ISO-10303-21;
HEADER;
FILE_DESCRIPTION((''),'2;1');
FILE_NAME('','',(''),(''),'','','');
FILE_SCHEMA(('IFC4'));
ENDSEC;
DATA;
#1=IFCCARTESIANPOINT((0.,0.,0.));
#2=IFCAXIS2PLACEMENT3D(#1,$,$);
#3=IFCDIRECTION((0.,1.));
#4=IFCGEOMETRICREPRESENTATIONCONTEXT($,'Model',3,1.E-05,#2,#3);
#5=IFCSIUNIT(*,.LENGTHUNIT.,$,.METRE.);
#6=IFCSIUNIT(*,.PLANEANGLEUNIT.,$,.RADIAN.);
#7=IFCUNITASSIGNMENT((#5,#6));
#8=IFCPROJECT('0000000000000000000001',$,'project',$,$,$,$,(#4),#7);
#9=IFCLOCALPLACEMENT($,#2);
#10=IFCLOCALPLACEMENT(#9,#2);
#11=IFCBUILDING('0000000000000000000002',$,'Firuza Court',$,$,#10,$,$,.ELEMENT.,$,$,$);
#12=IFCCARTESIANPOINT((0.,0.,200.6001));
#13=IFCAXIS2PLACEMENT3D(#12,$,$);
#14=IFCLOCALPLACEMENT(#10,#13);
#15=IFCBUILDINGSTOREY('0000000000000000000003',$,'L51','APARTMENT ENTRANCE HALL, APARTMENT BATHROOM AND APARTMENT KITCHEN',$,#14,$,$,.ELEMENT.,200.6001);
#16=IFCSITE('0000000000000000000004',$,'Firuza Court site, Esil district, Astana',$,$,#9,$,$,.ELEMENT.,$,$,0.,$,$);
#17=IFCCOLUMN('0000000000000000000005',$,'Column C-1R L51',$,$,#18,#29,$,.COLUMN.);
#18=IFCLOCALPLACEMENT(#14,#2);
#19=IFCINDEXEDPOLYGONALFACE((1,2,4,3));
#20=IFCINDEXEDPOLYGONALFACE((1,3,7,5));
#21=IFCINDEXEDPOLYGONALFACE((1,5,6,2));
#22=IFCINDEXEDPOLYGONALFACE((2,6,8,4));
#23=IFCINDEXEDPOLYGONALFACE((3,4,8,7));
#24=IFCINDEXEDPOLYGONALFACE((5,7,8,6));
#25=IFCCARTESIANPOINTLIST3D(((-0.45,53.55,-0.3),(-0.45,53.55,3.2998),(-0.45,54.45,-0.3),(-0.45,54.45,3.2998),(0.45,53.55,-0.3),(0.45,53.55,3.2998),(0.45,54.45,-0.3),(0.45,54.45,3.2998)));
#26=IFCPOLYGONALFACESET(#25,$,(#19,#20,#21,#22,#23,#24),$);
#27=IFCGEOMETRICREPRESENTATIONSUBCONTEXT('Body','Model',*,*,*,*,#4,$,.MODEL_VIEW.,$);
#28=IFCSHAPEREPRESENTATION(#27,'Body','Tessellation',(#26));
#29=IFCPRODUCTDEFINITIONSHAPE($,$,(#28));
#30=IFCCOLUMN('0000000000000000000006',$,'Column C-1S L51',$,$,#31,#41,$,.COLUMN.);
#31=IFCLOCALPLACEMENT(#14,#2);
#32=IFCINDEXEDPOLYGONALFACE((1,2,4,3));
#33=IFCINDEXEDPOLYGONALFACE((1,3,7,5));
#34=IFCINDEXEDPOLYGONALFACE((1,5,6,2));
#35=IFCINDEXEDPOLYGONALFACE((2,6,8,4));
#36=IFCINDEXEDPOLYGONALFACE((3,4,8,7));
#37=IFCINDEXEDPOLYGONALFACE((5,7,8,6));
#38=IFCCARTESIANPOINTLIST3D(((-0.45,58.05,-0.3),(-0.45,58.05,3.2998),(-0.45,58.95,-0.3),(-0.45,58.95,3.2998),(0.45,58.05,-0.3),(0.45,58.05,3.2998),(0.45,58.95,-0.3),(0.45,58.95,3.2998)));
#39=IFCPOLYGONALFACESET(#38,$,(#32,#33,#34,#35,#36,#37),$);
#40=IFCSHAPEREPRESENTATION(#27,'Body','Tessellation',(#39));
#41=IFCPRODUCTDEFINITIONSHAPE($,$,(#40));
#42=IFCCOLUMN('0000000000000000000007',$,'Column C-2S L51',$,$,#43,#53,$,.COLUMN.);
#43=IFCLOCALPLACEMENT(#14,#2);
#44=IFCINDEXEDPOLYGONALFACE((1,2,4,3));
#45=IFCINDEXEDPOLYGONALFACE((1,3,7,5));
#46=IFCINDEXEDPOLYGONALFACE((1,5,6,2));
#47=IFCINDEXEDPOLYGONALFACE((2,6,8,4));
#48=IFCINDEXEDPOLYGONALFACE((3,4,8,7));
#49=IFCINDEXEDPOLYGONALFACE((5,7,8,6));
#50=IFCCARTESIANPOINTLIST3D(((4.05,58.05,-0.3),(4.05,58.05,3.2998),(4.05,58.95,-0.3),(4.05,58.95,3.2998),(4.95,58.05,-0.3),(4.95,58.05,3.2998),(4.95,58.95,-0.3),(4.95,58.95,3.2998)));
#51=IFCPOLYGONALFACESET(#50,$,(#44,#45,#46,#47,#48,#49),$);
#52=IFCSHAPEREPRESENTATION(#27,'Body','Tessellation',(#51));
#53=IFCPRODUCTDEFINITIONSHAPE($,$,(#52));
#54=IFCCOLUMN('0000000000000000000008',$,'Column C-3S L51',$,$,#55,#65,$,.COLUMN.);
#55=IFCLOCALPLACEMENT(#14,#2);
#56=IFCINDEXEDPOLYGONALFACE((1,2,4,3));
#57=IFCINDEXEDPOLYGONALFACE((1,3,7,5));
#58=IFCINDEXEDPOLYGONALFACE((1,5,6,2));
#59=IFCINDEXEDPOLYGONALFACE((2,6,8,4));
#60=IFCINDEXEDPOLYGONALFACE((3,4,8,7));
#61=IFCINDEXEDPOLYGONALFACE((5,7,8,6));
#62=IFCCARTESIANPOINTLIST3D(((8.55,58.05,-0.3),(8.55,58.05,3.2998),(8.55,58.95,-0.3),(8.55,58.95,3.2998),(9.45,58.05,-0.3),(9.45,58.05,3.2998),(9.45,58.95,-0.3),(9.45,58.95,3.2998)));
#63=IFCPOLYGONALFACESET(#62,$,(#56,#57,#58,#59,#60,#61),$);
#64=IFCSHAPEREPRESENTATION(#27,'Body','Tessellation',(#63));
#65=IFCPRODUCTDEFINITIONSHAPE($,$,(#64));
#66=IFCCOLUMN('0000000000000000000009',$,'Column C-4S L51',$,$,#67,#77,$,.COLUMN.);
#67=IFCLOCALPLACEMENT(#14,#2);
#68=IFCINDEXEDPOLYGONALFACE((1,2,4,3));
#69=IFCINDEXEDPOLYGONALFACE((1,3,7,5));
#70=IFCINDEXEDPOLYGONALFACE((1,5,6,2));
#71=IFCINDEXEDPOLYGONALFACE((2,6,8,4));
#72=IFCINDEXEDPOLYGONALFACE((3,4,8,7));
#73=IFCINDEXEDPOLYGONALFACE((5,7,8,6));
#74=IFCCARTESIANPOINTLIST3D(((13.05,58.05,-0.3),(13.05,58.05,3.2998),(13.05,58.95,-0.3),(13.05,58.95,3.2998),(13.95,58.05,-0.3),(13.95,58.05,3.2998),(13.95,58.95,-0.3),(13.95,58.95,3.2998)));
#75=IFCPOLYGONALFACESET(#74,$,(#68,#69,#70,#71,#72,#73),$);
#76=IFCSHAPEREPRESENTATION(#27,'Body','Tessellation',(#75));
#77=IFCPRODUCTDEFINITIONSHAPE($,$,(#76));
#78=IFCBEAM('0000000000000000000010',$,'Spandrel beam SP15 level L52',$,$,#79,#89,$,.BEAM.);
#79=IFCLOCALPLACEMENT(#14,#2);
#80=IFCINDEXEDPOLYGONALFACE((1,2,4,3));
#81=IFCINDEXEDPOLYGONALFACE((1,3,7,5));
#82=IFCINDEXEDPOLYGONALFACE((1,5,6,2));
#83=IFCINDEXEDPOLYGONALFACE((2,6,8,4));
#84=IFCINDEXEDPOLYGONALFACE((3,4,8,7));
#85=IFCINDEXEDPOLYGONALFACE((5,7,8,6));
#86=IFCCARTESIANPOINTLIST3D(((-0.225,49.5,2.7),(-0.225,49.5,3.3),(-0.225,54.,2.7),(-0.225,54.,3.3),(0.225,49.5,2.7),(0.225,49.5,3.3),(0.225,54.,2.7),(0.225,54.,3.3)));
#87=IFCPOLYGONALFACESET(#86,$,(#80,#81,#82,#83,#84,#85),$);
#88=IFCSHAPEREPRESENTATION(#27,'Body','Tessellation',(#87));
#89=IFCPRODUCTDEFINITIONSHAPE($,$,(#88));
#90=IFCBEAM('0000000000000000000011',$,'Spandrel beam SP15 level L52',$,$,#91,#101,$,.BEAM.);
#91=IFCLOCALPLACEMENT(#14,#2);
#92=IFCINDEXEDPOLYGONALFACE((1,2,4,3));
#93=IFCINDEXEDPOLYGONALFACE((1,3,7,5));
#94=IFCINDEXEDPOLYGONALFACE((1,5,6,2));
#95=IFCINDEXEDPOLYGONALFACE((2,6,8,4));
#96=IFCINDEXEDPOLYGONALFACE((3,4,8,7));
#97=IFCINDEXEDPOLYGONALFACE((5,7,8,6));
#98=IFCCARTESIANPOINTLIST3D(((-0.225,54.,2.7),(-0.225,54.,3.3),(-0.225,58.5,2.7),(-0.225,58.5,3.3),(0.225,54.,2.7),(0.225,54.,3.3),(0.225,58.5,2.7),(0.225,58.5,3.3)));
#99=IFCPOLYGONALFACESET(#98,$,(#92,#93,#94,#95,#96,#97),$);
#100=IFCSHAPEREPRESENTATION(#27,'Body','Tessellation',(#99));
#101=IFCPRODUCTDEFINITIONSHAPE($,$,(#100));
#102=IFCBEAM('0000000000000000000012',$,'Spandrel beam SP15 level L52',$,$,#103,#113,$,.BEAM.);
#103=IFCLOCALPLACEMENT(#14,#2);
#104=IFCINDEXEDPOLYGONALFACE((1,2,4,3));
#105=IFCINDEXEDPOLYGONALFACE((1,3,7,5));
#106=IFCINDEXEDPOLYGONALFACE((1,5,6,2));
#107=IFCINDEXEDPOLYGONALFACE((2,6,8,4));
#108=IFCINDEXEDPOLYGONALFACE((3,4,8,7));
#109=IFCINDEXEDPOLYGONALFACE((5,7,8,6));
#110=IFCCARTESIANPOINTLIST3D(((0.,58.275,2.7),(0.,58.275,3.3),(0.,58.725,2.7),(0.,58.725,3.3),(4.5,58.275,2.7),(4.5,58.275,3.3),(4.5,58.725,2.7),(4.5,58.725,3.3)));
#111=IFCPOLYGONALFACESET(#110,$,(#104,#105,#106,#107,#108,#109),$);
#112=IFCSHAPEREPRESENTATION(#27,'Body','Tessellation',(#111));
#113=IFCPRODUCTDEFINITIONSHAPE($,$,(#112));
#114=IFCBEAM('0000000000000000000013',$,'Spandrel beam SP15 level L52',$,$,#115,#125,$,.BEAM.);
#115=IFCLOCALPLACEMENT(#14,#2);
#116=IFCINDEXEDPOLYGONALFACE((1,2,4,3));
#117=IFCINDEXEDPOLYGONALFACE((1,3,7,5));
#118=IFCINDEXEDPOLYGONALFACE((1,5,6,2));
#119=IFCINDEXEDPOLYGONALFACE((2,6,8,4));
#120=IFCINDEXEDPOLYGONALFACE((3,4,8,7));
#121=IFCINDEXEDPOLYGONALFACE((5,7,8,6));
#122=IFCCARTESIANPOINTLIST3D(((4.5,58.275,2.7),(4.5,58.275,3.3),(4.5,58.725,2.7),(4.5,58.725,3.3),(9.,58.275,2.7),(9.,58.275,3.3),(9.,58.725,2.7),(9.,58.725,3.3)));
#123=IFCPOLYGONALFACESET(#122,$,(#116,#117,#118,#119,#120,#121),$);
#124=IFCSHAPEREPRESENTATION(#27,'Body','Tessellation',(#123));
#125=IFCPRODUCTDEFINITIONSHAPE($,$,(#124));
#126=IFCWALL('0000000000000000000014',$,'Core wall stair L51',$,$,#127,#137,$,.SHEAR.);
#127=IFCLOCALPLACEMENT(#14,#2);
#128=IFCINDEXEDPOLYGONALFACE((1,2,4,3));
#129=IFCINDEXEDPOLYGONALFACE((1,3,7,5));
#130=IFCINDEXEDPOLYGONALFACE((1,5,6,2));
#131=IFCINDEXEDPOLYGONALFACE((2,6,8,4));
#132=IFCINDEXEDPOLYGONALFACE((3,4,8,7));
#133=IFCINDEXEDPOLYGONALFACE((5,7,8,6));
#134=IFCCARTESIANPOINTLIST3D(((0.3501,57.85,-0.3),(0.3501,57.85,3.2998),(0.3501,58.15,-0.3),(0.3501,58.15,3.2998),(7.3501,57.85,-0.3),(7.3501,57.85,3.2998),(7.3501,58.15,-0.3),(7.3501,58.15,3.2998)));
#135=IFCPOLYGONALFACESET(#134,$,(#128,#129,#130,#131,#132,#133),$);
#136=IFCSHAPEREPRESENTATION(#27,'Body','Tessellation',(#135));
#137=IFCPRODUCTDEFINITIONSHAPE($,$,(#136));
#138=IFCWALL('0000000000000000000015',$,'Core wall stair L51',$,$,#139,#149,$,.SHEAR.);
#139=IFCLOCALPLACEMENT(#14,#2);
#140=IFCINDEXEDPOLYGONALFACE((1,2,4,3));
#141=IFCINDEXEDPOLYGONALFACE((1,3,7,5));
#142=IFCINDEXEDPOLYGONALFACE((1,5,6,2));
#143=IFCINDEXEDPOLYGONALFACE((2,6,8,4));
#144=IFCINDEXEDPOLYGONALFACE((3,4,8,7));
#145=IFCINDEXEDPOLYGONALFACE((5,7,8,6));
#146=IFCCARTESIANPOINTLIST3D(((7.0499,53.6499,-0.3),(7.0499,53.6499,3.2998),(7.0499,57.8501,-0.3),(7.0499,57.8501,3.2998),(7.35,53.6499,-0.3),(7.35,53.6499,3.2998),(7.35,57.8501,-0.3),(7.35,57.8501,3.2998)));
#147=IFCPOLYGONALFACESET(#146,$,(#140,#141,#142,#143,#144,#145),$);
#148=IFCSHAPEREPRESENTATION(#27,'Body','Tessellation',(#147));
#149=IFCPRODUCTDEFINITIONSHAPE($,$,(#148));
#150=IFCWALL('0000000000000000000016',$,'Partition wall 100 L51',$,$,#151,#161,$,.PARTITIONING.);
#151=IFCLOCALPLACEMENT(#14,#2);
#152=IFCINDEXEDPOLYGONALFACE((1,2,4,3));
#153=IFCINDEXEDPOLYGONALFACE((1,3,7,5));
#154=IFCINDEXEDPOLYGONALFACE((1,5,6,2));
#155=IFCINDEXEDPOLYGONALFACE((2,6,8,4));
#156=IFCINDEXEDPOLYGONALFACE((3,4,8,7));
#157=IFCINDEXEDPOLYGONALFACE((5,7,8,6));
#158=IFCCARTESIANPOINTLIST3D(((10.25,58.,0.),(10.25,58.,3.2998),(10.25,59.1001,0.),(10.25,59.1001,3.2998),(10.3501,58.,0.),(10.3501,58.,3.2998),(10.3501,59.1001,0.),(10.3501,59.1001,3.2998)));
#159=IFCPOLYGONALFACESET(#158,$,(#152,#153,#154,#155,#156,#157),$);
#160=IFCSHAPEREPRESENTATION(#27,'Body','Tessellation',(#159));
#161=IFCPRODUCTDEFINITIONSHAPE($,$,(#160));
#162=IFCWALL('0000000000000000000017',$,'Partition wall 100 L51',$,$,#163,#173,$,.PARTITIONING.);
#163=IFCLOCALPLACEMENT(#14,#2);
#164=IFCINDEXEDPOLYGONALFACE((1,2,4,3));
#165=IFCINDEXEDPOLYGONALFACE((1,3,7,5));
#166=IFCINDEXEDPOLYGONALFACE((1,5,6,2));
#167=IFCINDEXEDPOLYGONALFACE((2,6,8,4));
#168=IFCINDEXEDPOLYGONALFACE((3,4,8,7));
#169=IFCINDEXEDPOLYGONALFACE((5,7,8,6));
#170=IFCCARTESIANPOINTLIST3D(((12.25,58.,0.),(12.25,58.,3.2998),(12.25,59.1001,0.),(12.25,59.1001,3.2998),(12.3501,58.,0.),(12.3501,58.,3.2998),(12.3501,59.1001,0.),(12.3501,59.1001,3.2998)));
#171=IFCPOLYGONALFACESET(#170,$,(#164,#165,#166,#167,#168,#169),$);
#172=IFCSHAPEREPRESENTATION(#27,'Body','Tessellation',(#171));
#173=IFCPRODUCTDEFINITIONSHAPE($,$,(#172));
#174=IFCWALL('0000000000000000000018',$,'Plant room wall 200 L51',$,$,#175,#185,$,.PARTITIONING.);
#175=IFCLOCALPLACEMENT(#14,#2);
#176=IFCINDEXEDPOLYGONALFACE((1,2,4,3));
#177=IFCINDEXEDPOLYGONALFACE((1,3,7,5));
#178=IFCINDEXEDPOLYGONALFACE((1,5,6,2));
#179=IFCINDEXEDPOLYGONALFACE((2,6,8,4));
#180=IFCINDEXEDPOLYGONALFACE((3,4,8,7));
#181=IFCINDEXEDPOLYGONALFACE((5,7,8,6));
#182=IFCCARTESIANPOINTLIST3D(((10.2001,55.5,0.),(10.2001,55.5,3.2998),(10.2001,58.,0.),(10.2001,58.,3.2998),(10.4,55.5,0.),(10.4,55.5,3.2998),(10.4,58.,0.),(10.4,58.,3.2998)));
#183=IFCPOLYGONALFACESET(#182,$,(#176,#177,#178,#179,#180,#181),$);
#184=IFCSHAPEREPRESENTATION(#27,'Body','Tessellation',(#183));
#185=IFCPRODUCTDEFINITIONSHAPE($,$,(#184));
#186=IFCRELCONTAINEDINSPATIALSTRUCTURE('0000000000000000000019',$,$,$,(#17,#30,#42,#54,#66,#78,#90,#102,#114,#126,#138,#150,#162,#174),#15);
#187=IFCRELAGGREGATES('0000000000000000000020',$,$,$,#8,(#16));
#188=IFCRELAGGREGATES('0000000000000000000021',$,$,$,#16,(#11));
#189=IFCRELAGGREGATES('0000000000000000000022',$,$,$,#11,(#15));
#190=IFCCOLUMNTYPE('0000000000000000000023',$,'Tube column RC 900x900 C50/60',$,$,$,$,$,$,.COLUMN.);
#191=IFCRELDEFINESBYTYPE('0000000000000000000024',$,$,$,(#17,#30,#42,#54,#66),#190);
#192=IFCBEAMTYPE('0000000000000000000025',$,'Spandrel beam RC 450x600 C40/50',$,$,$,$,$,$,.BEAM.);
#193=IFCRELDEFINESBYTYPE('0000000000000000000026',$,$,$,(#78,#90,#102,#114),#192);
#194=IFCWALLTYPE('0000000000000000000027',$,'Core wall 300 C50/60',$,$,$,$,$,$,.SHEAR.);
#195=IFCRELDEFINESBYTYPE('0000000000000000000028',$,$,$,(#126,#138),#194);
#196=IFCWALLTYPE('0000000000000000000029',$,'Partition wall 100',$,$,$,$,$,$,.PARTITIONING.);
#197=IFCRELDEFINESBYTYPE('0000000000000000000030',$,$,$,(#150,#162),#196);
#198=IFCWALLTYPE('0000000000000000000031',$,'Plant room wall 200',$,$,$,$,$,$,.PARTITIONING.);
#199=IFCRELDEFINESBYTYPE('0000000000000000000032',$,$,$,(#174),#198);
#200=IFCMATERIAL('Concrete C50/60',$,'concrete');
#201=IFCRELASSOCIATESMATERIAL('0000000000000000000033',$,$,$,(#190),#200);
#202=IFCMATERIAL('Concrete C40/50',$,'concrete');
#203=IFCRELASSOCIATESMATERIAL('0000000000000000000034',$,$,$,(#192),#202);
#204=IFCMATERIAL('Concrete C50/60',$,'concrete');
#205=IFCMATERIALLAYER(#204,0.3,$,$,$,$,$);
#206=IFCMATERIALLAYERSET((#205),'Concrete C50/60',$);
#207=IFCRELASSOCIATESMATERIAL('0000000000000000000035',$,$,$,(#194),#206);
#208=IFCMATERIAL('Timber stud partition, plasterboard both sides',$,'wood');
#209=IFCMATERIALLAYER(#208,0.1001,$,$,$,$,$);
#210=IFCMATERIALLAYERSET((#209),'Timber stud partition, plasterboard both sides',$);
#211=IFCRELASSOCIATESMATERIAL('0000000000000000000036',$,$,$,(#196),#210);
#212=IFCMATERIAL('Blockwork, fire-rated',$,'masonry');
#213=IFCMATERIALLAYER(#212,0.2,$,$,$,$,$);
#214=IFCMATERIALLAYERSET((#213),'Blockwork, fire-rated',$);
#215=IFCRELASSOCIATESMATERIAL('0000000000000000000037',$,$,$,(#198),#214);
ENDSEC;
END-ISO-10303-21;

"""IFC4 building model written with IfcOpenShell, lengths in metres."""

from ifc_helpers import new_model, si_unit, direction, frame, frame_2d, origin, origin_2d, place, context, subcontext, project, spatial, rectangle, extrude, material, layer, layer_set, material_profile, profile_set, type_object, element, save


model = new_model("IFC4")

# Units and contexts
model_context = context("Model", 3, precision=1e-05, world=origin(), true_north=direction((0.0, 1.0)))
body_context = subcontext(model_context, "Body", "Model", "MODEL_VIEW")
ifc_project = project(units=[si_unit("LENGTHUNIT", "METRE"), si_unit("PLANEANGLEUNIT", "RADIAN")], contexts=[model_context])

# Site, building, storey
site_placement = place(None, origin())
site = spatial("IfcSite", under=ifc_project, at=site_placement, Name="Firuza Court site, Esil district, Astana", CompositionType="ELEMENT", RefElevation=0.0)
building_placement = place(site_placement, origin())
building = spatial("IfcBuilding", under=site, at=building_placement, Name="Firuza Court", CompositionType="ELEMENT")
storey_placement = place(building_placement, frame((0.0, 0.0, 200.6001)))
storey = spatial("IfcBuildingStorey", under=building, at=storey_placement, Name="L51", Description="APARTMENT ENTRANCE HALL, APARTMENT BATHROOM AND APARTMENT KITCHEN", CompositionType="ELEMENT", Elevation=200.6001)

# Columns
ifc_material_1 = material(Name="Concrete C50/60", Category="concrete")
ifc_material_profile_1 = material_profile(ifc_material_1, rectangle(XDim=0.8999, YDim=0.8999, at=origin_2d()), Name="RC 900x900")
ifc_profile_set_1 = profile_set([ifc_material_profile_1], Name="Concrete C50/60")
column_type = type_object("IfcColumnType", Name="Tube column RC 900x900 C50/60", PredefinedType="COLUMN", material=ifc_profile_set_1)
for number, where, z_axis, x_axis, name in (
    (1, (0.0, 54.0, -0.3), (0.0, 0.0, 1.0), (1.0, 0.0, 0.0), "Column C-1R L51"),
    (2, (0.0, 58.5, -0.3), (0.0, 0.0, 1.0), (1.0, 0.0, 0.0), "Column C-1S L51"),
    (3, (4.5, 58.5, -0.3), (0.0, 0.0, 1.0), (1.0, 0.0, 0.0), "Column C-2S L51"),
    (4, (9.0, 58.5, -0.3), (0.0, 0.0, 1.0), (1.0, 0.0, 0.0), "Column C-3S L51"),
    (5, (13.5, 58.5, -0.3), (0.0, 0.0, 1.0), (1.0, 0.0, 0.0), "Column C-4S L51"),
):
    element("IfcColumn", number, at=place(storey_placement, frame(where, z_axis=z_axis, x_axis=x_axis)), inside=storey, type_object=column_type, Name=name, PredefinedType="COLUMN", context=body_context, shape_type="SweptSolid", body=[
        extrude(rectangle(XDim=0.8999, YDim=0.8999, at=origin_2d()), origin(), (0.0, 0.0, 1.0), 3.5999),
    ])

# Beams
ifc_material_2 = material(Name="Concrete C40/50", Category="concrete")
ifc_material_profile_2 = material_profile(ifc_material_2, rectangle(XDim=0.45, YDim=0.6001, at=origin_2d()), Name="RC 450x600")
ifc_profile_set_2 = profile_set([ifc_material_profile_2], Name="Concrete C40/50")
beam_type = type_object("IfcBeamType", Name="Spandrel beam RC 450x600 C40/50", PredefinedType="BEAM", material=ifc_profile_set_2)
for number, where, z_axis, x_axis, name in (
    (6, (0.0, 54.0, 3.0), (0.0, -1.0, 0.0), (1.0, 0.0, 0.0), "Spandrel beam SP15 level L52"),
    (7, (0.0, 58.5, 3.0), (0.0, -1.0, 0.0), (1.0, 0.0, 0.0), "Spandrel beam SP15 level L52"),
    (8, (4.5, 58.5, 3.0), (-1.0, 0.0, 0.0), (0.0, -1.0, 0.0), "Spandrel beam SP15 level L52"),
    (9, (9.0, 58.5, 3.0), (-1.0, 0.0, 0.0), (0.0, -1.0, 0.0), "Spandrel beam SP15 level L52"),
):
    element("IfcBeam", number, at=place(storey_placement, frame(where, z_axis=z_axis, x_axis=x_axis)), inside=storey, type_object=beam_type, Name=name, PredefinedType="BEAM", context=body_context, shape_type="SweptSolid", body=[
        extrude(rectangle(XDim=0.45, YDim=0.6001, at=origin_2d()), origin(), (0.0, 0.0, 1.0), 4.5),
    ])

# Walls
ifc_material_3 = material(Name="Concrete C50/60", Category="concrete")
ifc_layer_1 = layer(ifc_material_3, 0.3)
ifc_layer_set_1 = layer_set([ifc_layer_1], Name="Concrete C50/60")
wall_type_1 = type_object("IfcWallType", Name="Core wall 300 C50/60", PredefinedType="SHEAR", material=ifc_layer_set_1)
wall_1_placement = place(storey_placement, frame((0.3501, 58.0, -0.3), z_axis=(0.0, 0.0, 1.0), x_axis=(1.0, 0.0, 0.0)))
element("IfcWall", 10, at=wall_1_placement, inside=storey, type_object=wall_type_1, Name="Core wall stair L51", PredefinedType="SHEAR", context=body_context, shape_type="SweptSolid", body=[
    extrude(rectangle(XDim=7.0, YDim=0.3, at=frame_2d((3.5, 0.0))), origin(), (0.0, 0.0, 1.0), 3.5999),
])
wall_2_placement = place(storey_placement, frame((7.2, 53.6499, -0.3), z_axis=(0.0, 0.0, 1.0), x_axis=(0.0, 1.0, 0.0)))
element("IfcWall", 11, at=wall_2_placement, inside=storey, type_object=wall_type_1, Name="Core wall stair L51", PredefinedType="SHEAR", context=body_context, shape_type="SweptSolid", body=[
    extrude(rectangle(XDim=4.2002, YDim=0.3, at=frame_2d((2.1001, 0.0))), origin(), (0.0, 0.0, 1.0), 3.5999),
])
ifc_material_4 = material(Name="Timber stud partition, plasterboard both sides", Category="wood")
ifc_layer_2 = layer(ifc_material_4, 0.1001)
ifc_layer_set_2 = layer_set([ifc_layer_2], Name="Timber stud partition, plasterboard both sides")
wall_type_2 = type_object("IfcWallType", Name="Partition wall 100", PredefinedType="PARTITIONING", material=ifc_layer_set_2)
for number, where, z_axis, x_axis, name in (
    (12, (10.3, 58.0, 0.0), (0.0, 0.0, 1.0), (0.0, 1.0, 0.0), "Partition wall 100 L51"),
    (13, (12.3, 58.0, 0.0), (0.0, 0.0, 1.0), (0.0, 1.0, 0.0), "Partition wall 100 L51"),
):
    element("IfcWall", number, at=place(storey_placement, frame(where, z_axis=z_axis, x_axis=x_axis)), inside=storey, type_object=wall_type_2, Name=name, PredefinedType="PARTITIONING", context=body_context, shape_type="SweptSolid", body=[
        extrude(rectangle(XDim=1.1001, YDim=0.1001, at=frame_2d((0.55, 0.0))), origin(), (0.0, 0.0, 1.0), 3.2998),
    ])
ifc_material_5 = material(Name="Blockwork, fire-rated", Category="masonry")
ifc_layer_3 = layer(ifc_material_5, 0.2)
ifc_layer_set_3 = layer_set([ifc_layer_3], Name="Blockwork, fire-rated")
wall_type_3 = type_object("IfcWallType", Name="Plant room wall 200", PredefinedType="PARTITIONING", material=ifc_layer_set_3)
wall_3_placement = place(storey_placement, frame((10.3, 55.5, 0.0), z_axis=(0.0, 0.0, 1.0), x_axis=(0.0, 1.0, 0.0)))
element("IfcWall", 14, at=wall_3_placement, inside=storey, type_object=wall_type_3, Name="Plant room wall 200 L51", PredefinedType="PARTITIONING", context=body_context, shape_type="SweptSolid", body=[
    extrude(rectangle(XDim=2.5, YDim=0.2, at=frame_2d((1.25, 0.0))), origin(), (0.0, 0.0, 1.0), 3.2998),
])

save(model, "model.ifc")
